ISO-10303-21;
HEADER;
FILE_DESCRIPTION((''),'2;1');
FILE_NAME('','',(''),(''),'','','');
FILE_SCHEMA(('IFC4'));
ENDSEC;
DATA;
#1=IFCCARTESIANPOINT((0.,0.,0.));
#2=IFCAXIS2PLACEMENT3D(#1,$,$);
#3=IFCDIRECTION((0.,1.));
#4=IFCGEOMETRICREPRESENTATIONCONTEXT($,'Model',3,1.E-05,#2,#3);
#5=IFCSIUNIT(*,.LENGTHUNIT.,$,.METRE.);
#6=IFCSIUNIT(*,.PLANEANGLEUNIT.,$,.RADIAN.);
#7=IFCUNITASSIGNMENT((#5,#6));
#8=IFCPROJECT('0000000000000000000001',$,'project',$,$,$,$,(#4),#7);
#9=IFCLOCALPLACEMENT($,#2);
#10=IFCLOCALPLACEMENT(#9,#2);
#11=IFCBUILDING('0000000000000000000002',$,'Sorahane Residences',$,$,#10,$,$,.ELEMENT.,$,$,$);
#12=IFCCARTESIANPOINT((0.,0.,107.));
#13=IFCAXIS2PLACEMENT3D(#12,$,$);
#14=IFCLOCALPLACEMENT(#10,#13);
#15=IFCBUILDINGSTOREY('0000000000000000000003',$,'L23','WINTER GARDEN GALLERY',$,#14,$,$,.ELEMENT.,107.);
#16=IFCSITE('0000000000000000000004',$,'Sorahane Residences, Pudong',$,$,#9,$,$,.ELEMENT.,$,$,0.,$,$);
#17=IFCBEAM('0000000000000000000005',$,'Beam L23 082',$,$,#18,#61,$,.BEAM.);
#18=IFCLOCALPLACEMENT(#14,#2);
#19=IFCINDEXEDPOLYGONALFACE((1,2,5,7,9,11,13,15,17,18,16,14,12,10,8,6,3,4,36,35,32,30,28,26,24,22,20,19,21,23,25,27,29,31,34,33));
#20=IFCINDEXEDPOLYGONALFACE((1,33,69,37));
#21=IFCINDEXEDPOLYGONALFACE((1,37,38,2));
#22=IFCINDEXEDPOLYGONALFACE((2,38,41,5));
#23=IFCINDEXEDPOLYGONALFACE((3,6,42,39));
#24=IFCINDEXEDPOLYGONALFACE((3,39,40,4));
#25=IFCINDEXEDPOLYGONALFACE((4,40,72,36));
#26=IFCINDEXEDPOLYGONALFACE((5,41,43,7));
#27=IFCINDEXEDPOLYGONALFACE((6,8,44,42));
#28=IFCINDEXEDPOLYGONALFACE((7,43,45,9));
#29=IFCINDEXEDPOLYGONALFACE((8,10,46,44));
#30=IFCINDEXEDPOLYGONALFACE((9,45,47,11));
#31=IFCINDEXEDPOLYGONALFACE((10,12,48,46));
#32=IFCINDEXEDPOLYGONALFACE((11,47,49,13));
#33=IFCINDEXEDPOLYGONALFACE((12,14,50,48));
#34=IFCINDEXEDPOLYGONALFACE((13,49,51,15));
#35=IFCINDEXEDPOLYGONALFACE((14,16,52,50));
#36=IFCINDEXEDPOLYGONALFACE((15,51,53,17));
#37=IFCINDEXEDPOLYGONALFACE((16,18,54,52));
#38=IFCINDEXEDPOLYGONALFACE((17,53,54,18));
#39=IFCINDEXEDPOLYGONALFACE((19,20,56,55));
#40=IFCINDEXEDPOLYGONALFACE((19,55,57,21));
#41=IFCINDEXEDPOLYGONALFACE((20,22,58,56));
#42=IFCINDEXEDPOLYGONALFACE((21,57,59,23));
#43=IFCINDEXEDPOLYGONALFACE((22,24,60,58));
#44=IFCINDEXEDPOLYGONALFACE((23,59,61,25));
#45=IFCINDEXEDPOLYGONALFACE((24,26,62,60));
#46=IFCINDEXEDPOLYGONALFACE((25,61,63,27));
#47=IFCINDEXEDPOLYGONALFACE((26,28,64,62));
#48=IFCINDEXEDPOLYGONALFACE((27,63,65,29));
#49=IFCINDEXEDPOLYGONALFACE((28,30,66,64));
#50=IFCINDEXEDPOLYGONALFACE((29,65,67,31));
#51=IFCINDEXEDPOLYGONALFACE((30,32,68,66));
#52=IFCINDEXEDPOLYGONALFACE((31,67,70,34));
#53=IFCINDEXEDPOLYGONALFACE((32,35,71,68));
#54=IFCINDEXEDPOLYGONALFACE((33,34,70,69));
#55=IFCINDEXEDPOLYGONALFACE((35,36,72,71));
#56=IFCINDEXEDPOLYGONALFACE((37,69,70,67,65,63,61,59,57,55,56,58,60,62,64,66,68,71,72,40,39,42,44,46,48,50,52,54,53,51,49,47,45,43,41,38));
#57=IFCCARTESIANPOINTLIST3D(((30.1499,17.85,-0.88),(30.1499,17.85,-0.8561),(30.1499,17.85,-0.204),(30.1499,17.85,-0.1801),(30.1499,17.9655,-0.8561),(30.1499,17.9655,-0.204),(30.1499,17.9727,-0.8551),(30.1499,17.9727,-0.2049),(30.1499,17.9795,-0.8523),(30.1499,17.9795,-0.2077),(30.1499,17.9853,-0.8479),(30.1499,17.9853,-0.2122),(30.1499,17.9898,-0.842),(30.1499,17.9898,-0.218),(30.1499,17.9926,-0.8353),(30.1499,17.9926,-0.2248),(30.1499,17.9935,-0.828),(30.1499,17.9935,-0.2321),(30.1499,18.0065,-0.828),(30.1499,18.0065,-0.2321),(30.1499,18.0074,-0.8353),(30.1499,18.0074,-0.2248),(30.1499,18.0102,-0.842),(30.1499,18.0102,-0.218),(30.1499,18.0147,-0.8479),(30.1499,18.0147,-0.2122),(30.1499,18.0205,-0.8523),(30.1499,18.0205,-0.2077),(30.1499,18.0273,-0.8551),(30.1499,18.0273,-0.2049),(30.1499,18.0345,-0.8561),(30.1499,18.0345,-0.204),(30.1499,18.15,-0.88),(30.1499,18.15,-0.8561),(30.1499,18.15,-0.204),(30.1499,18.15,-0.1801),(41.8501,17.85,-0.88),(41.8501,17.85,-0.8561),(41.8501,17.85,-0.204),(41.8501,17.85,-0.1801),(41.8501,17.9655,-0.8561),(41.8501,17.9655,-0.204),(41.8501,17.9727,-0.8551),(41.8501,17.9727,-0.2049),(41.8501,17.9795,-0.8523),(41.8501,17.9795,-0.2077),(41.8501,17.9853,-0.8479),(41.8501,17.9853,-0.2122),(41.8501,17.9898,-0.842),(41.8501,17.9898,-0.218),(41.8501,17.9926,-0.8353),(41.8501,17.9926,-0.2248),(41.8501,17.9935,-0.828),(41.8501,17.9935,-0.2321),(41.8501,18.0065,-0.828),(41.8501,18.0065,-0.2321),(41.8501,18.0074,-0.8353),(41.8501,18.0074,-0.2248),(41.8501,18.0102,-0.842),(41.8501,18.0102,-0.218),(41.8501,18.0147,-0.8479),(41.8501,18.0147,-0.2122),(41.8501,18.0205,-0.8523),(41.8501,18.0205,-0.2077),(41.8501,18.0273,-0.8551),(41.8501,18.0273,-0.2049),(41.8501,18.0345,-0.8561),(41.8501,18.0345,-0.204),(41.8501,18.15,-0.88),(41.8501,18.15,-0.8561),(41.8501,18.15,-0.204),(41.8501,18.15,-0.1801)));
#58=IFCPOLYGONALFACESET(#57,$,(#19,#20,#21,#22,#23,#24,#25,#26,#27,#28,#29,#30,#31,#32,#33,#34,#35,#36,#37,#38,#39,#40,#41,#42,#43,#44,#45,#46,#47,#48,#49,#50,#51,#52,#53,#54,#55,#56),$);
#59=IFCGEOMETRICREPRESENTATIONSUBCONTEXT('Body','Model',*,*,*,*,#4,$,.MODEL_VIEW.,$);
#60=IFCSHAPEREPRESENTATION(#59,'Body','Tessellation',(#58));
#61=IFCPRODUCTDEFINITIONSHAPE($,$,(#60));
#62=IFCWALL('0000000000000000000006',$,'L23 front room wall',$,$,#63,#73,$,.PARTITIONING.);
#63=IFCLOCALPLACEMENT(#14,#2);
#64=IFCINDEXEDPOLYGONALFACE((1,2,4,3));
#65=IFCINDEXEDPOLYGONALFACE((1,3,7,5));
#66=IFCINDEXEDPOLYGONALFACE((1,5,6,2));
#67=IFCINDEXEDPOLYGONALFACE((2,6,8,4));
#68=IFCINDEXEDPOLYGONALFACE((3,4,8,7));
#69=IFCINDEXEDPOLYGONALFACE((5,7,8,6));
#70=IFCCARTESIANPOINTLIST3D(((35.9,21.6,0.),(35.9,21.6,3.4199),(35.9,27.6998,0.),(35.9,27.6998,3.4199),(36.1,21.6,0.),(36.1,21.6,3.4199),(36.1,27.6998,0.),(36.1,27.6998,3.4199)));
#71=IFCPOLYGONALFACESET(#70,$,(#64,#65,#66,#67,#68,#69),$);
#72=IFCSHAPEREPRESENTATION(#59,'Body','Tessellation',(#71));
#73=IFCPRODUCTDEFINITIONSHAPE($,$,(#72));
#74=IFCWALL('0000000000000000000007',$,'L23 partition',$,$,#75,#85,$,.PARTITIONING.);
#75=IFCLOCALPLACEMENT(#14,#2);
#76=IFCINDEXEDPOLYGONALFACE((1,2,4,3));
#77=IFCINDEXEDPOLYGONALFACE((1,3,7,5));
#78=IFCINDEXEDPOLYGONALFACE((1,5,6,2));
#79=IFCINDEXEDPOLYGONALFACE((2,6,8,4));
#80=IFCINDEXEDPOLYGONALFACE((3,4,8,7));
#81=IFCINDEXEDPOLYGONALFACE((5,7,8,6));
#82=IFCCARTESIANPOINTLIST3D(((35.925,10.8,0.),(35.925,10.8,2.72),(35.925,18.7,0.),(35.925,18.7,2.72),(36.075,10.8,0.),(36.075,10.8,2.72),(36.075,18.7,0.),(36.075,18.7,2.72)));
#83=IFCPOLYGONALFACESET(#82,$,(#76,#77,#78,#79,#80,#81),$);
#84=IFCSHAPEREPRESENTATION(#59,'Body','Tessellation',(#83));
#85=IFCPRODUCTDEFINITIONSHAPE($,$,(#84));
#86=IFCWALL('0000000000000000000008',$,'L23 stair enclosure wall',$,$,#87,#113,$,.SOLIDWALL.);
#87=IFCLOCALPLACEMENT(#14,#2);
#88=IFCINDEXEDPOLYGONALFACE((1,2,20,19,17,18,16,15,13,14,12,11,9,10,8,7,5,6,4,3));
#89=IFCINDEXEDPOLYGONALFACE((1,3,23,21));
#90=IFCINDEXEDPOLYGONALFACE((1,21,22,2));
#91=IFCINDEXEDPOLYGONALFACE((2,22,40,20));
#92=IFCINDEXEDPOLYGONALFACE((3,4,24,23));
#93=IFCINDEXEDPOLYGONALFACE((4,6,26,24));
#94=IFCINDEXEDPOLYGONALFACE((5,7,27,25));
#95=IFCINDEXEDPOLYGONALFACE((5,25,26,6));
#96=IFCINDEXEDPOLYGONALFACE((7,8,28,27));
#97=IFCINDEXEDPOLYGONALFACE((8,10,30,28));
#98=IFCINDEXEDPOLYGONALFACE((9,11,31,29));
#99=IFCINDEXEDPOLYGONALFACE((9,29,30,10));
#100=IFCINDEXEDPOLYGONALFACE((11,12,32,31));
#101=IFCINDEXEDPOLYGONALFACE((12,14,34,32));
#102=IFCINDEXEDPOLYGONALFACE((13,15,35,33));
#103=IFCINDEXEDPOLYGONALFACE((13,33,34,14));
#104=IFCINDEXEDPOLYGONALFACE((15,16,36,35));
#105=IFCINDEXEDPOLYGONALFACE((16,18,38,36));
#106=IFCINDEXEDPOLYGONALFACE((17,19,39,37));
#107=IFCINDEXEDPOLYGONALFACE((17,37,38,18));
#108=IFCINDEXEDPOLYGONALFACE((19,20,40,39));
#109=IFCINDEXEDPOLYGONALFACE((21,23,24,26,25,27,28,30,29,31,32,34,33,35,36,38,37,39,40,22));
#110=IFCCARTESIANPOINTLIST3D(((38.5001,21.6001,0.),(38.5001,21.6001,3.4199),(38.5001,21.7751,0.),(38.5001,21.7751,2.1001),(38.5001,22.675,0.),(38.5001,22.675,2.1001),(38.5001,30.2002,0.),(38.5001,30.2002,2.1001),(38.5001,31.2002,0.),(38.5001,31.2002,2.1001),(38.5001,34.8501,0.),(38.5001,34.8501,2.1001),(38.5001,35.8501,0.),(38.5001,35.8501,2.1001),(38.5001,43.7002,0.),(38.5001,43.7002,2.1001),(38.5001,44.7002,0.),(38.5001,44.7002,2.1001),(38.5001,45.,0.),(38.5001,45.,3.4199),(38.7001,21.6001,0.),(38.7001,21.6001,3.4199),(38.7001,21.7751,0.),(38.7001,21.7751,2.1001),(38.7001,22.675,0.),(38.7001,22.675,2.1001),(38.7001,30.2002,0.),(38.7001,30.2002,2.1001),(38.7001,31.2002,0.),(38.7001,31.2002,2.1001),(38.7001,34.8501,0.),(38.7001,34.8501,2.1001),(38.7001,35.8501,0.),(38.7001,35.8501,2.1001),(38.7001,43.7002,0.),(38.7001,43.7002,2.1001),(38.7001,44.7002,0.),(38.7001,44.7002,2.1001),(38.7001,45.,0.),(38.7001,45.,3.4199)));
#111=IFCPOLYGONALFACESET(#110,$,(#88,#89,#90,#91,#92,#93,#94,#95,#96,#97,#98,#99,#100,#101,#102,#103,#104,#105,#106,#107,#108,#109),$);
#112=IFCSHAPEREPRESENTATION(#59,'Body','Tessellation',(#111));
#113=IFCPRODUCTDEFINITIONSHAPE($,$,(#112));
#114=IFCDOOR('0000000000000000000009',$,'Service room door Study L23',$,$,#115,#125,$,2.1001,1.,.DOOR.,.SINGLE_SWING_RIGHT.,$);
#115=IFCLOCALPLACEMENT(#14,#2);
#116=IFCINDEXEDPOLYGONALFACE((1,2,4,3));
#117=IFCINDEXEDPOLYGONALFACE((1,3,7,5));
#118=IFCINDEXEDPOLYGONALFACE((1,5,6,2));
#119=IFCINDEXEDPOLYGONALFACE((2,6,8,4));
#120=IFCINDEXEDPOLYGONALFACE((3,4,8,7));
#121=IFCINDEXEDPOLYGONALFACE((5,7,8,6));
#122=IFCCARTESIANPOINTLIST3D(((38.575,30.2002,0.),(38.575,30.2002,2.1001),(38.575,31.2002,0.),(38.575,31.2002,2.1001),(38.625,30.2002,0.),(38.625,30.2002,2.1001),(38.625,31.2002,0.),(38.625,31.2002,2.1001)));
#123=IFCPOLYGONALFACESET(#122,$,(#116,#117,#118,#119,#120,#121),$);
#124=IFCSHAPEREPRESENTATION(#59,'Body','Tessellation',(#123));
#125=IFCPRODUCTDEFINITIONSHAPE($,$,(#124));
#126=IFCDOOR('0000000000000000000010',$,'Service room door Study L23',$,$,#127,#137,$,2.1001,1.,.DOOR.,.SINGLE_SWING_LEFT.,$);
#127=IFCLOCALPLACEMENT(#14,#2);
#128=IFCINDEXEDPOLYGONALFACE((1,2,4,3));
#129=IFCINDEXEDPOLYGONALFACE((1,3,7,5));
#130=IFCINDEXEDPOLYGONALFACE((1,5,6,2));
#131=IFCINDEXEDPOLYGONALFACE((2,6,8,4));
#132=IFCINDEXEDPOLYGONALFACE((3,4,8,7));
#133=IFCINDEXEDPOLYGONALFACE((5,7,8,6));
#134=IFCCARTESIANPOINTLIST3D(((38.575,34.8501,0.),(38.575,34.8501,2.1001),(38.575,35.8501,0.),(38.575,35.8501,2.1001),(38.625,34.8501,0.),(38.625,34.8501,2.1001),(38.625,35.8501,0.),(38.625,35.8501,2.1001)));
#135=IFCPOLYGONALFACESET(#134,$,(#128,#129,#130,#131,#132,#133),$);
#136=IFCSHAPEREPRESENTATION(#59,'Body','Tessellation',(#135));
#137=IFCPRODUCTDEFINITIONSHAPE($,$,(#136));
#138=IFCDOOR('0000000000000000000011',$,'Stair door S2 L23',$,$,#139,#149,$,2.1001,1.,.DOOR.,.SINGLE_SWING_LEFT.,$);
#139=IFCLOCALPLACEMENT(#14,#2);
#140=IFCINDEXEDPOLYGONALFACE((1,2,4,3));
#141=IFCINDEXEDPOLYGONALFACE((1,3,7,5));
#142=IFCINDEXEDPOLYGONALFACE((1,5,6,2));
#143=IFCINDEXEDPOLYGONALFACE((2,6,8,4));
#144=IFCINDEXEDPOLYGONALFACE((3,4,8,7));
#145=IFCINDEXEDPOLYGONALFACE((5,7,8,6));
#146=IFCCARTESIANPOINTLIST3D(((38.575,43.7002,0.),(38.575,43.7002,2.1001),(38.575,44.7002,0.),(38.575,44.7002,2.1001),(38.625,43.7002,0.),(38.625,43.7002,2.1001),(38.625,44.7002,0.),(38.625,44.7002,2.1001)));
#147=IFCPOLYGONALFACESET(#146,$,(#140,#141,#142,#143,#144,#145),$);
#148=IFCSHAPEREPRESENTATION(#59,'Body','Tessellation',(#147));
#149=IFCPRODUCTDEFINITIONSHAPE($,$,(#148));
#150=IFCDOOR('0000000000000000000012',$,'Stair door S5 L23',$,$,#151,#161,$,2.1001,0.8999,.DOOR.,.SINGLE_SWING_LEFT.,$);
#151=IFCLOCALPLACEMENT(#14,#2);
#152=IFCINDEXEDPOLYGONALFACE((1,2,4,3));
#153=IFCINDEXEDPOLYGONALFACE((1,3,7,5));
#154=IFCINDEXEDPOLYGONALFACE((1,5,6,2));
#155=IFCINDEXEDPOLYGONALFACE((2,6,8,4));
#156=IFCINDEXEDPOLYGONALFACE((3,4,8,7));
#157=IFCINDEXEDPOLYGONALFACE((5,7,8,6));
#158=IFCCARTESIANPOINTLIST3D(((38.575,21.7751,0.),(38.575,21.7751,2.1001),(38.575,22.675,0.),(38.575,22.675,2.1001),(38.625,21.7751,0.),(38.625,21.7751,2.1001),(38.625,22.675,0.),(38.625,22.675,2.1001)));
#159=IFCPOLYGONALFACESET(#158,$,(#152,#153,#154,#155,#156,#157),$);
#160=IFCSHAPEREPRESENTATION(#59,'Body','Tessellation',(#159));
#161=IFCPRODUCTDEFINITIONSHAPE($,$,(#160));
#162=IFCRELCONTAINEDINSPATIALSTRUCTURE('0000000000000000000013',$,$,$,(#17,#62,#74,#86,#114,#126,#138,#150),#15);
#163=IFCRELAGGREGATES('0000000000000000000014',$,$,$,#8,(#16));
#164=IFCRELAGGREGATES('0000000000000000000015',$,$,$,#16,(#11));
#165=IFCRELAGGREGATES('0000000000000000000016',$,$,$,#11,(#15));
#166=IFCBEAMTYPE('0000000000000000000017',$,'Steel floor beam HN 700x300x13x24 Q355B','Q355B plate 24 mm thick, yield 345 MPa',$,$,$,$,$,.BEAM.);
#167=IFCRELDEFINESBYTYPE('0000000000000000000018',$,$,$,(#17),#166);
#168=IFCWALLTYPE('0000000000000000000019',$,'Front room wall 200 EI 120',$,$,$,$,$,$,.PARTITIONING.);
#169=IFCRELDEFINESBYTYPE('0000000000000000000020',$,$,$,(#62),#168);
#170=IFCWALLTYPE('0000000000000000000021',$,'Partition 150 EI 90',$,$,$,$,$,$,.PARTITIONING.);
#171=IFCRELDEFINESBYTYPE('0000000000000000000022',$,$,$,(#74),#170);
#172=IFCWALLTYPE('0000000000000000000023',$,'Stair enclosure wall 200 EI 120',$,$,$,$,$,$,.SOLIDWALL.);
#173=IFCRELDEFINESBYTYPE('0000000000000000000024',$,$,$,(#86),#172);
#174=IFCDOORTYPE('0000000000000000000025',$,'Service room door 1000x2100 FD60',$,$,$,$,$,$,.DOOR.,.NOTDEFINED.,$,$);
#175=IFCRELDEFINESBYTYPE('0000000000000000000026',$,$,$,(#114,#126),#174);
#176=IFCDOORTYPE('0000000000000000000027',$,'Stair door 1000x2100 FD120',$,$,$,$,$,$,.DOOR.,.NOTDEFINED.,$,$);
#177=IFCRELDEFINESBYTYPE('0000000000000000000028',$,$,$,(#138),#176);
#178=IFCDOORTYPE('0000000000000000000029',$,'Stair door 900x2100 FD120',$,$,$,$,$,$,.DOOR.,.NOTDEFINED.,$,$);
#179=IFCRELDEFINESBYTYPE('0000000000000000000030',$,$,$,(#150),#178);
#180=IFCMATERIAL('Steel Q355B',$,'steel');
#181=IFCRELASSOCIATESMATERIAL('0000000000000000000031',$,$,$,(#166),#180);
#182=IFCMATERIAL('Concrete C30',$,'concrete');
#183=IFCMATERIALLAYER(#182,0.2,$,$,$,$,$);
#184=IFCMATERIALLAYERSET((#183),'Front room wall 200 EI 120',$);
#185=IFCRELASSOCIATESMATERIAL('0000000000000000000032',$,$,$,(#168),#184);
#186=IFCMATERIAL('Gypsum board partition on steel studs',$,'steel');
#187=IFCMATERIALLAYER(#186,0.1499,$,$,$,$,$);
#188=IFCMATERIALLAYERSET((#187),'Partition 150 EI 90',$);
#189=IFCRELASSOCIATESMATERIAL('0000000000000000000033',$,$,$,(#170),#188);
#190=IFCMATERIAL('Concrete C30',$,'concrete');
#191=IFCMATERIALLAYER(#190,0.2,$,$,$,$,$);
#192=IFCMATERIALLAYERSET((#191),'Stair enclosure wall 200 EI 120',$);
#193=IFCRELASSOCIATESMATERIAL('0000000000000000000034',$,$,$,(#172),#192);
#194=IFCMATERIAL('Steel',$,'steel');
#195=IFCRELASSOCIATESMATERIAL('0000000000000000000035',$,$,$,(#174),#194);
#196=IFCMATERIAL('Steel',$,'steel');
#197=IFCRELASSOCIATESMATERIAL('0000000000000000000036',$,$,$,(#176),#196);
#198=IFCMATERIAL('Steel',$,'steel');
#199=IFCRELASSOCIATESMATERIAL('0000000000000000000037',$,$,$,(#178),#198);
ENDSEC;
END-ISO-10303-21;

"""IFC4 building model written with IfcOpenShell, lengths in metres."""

from ifc_helpers import new_model, si_unit, direction, frame, frame_2d, origin, origin_2d, place, context, subcontext, project, spatial, rectangle, i_section, extrude, material, layer, layer_set, material_profile, profile_set, type_object, element, fill, save


model = new_model("IFC4")

# Units and contexts
model_context = context("Model", 3, precision=1e-05, world=origin(), true_north=direction((0.0, 1.0)))
body_context = subcontext(model_context, "Body", "Model", "MODEL_VIEW")
ifc_project = project(units=[si_unit("LENGTHUNIT", "METRE"), si_unit("PLANEANGLEUNIT", "RADIAN")], contexts=[model_context])

# Site, building, storey
site_placement = place(None, origin())
site = spatial("IfcSite", under=ifc_project, at=site_placement, Name="Sorahane Residences, Pudong", CompositionType="ELEMENT", RefElevation=0.0)
building_placement = place(site_placement, origin())
building = spatial("IfcBuilding", under=site, at=building_placement, Name="Sorahane Residences", CompositionType="ELEMENT")
storey_placement = place(building_placement, frame((0.0, 0.0, 107.0)))
storey = spatial("IfcBuildingStorey", under=building, at=storey_placement, Name="L23", Description="WINTER GARDEN GALLERY", CompositionType="ELEMENT", Elevation=107.0)

# Beam
ifc_material_1 = material(Name="Steel Q355B", Category="steel")
ifc_material_profile_1 = material_profile(ifc_material_1, i_section(OverallWidth=0.3, OverallDepth=0.7, WebThickness=0.0129, FlangeThickness=0.0239, FilletRadius=0.0281, at=origin_2d()), Name="HN 700x300x13x24")
ifc_profile_set_1 = profile_set([ifc_material_profile_1], Name="Steel Q355B")
beam_type_1 = type_object("IfcBeamType", Name="Steel floor beam HN 700x300x13x24 Q355B", Description="Q355B plate 24 mm thick, yield 345 MPa", PredefinedType="BEAM", material=ifc_profile_set_1)
beam_1_placement = place(storey_placement, frame((30.1499, 18.0, -0.53), z_axis=(1.0, 0.0, 0.0), x_axis=(0.0, 1.0, 0.0)))
element("IfcBeam", 1, at=beam_1_placement, inside=storey, type_object=beam_type_1, Name="Beam L23 082", PredefinedType="BEAM", context=body_context, shape_type="SweptSolid", body=[
    extrude(i_section(OverallWidth=0.3, OverallDepth=0.7, WebThickness=0.0129, FlangeThickness=0.0239, FilletRadius=0.0281, at=origin_2d()), origin(), (0.0, 0.0, 1.0), 11.7002),
])

# Walls
ifc_material_2 = material(Name="Concrete C30", Category="concrete")
ifc_layer_1 = layer(ifc_material_2, 0.2)
ifc_layer_set_1 = layer_set([ifc_layer_1], Name="Front room wall 200 EI 120")
wall_type_1 = type_object("IfcWallType", Name="Front room wall 200 EI 120", PredefinedType="PARTITIONING", material=ifc_layer_set_1)
wall_1_placement = place(storey_placement, frame((36.0, 21.6001, 0.0), z_axis=(0.0, 0.0, 1.0), x_axis=(0.0, 1.0, 0.0)))
element("IfcWall", 2, at=wall_1_placement, inside=storey, type_object=wall_type_1, Name="L23 front room wall", PredefinedType="PARTITIONING", context=body_context, shape_type="SweptSolid", body=[
    extrude(rectangle(XDim=6.0999, YDim=0.2, at=frame_2d((3.0498, 0.0))), origin(), (0.0, 0.0, 1.0), 3.4199),
])
ifc_material_3 = material(Name="Gypsum board partition on steel studs", Category="steel")
ifc_layer_2 = layer(ifc_material_3, 0.1499)
ifc_layer_set_2 = layer_set([ifc_layer_2], Name="Partition 150 EI 90")
wall_type_2 = type_object("IfcWallType", Name="Partition 150 EI 90", PredefinedType="PARTITIONING", material=ifc_layer_set_2)
wall_2_placement = place(storey_placement, frame((36.0, 10.8, 0.0), z_axis=(0.0, 0.0, 1.0), x_axis=(0.0, 1.0, 0.0)))
element("IfcWall", 3, at=wall_2_placement, inside=storey, type_object=wall_type_2, Name="L23 partition", PredefinedType="PARTITIONING", context=body_context, shape_type="SweptSolid", body=[
    extrude(rectangle(XDim=7.8999, YDim=0.1499, at=frame_2d((3.95, 0.0))), origin(), (0.0, 0.0, 1.0), 2.72),
])

# Wall, openings, doors
ifc_material_4 = material(Name="Concrete C30", Category="concrete")
ifc_layer_3 = layer(ifc_material_4, 0.2)
ifc_layer_set_3 = layer_set([ifc_layer_3], Name="Stair enclosure wall 200 EI 120")
wall_type_3 = type_object("IfcWallType", Name="Stair enclosure wall 200 EI 120", PredefinedType="SOLIDWALL", material=ifc_layer_set_3)
wall_3_placement = place(storey_placement, frame((38.6001, 21.6001, 0.0), z_axis=(0.0, 0.0, 1.0), x_axis=(0.0, 1.0, 0.0)))
wall_3 = element("IfcWall", 4, at=wall_3_placement, inside=storey, type_object=wall_type_3, Name="L23 stair enclosure wall", PredefinedType="SOLIDWALL", context=body_context, shape_type="SweptSolid", body=[
    extrude(rectangle(XDim=23.3999, YDim=0.2, at=frame_2d((11.7, 0.0))), origin(), (0.0, 0.0, 1.0), 3.4199),
])
opening_1_placement = place(wall_3_placement, frame((8.6001, 0.0, 0.0)))
opening_1 = element("IfcOpeningElement", 5, at=opening_1_placement, cuts=wall_3, PredefinedType="OPENING", context=body_context, shape_type="SweptSolid", body=[
    extrude(rectangle(XDim=1.0, YDim=2.1001, at=frame_2d((0.5, 1.05))), frame((0.0, 0.1099, 0.0), z_axis=(0.0, -1.0, 0.0), x_axis=(1.0, 0.0, 0.0)), (0.0, 0.0, 1.0), 0.22),
])
opening_2_placement = place(wall_3_placement, frame((13.25, 0.0, 0.0)))
opening_2 = element("IfcOpeningElement", 6, at=opening_2_placement, cuts=wall_3, PredefinedType="OPENING", context=body_context, shape_type="SweptSolid", body=[
    extrude(rectangle(XDim=1.0, YDim=2.1001, at=frame_2d((0.5, 1.05))), frame((0.0, 0.1099, 0.0), z_axis=(0.0, -1.0, 0.0), x_axis=(1.0, 0.0, 0.0)), (0.0, 0.0, 1.0), 0.22),
])
opening_3_placement = place(wall_3_placement, frame((22.1001, 0.0, 0.0)))
opening_3 = element("IfcOpeningElement", 7, at=opening_3_placement, cuts=wall_3, PredefinedType="OPENING", context=body_context, shape_type="SweptSolid", body=[
    extrude(rectangle(XDim=1.0, YDim=2.1001, at=frame_2d((0.5, 1.05))), frame((0.0, 0.1099, 0.0), z_axis=(0.0, -1.0, 0.0), x_axis=(1.0, 0.0, 0.0)), (0.0, 0.0, 1.0), 0.22),
])
opening_4_placement = place(wall_3_placement, frame((0.175, 0.0, 0.0)))
opening_4 = element("IfcOpeningElement", 8, at=opening_4_placement, cuts=wall_3, PredefinedType="OPENING", context=body_context, shape_type="SweptSolid", body=[
    extrude(rectangle(XDim=0.8999, YDim=2.1001, at=frame_2d((0.45, 1.05))), frame((0.0, 0.1099, 0.0), z_axis=(0.0, -1.0, 0.0), x_axis=(1.0, 0.0, 0.0)), (0.0, 0.0, 1.0), 0.22),
])
ifc_material_5 = material(Name="Steel", Category="steel")
door_type_1 = type_object("IfcDoorType", Name="Service room door 1000x2100 FD60", OperationType="NOTDEFINED", PredefinedType="DOOR", material=ifc_material_5)
door_1_placement = place(opening_1_placement, frame((1.0, 0.0, 0.0), z_axis=(0.0, 0.0, 1.0), x_axis=(-1.0, 0.0, 0.0)))
door_1 = element("IfcDoor", 9, at=door_1_placement, inside=storey, type_object=door_type_1, Name="Service room door Study L23", OperationType="SINGLE_SWING_RIGHT", OverallHeight=2.1001, OverallWidth=1.0, PredefinedType="DOOR", context=body_context, shape_type="SweptSolid", body=[
    extrude(rectangle(XDim=1.0, YDim=2.1001, at=frame_2d((0.5, 1.05))), frame((0.0, 0.0249, 0.0), z_axis=(0.0, -1.0, 0.0), x_axis=(1.0, 0.0, 0.0)), (0.0, 0.0, 1.0), 0.05),
])
fill(opening_1, door_1)
door_2_placement = place(opening_2_placement, frame((1.0, 0.0, 0.0), z_axis=(0.0, 0.0, 1.0), x_axis=(-1.0, 0.0, 0.0)))
door_2 = element("IfcDoor", 10, at=door_2_placement, inside=storey, type_object=door_type_1, Name="Service room door Study L23", OperationType="SINGLE_SWING_LEFT", OverallHeight=2.1001, OverallWidth=1.0, PredefinedType="DOOR", context=body_context, shape_type="SweptSolid", body=[
    extrude(rectangle(XDim=1.0, YDim=2.1001, at=frame_2d((0.5, 1.05))), frame((0.0, 0.0249, 0.0), z_axis=(0.0, -1.0, 0.0), x_axis=(1.0, 0.0, 0.0)), (0.0, 0.0, 1.0), 0.05),
])
fill(opening_2, door_2)
ifc_material_6 = material(Name="Steel", Category="steel")
door_type_2 = type_object("IfcDoorType", Name="Stair door 1000x2100 FD120", OperationType="NOTDEFINED", PredefinedType="DOOR", material=ifc_material_6)
door_3_placement = place(opening_3_placement, frame((1.0, 0.0, 0.0), z_axis=(0.0, 0.0, 1.0), x_axis=(-1.0, 0.0, 0.0)))
door_3 = element("IfcDoor", 11, at=door_3_placement, inside=storey, type_object=door_type_2, Name="Stair door S2 L23", OperationType="SINGLE_SWING_LEFT", OverallHeight=2.1001, OverallWidth=1.0, PredefinedType="DOOR", context=body_context, shape_type="SweptSolid", body=[
    extrude(rectangle(XDim=1.0, YDim=2.1001, at=frame_2d((0.5, 1.05))), frame((0.0, 0.0249, 0.0), z_axis=(0.0, -1.0, 0.0), x_axis=(1.0, 0.0, 0.0)), (0.0, 0.0, 1.0), 0.05),
])
fill(opening_3, door_3)
ifc_material_7 = material(Name="Steel", Category="steel")
door_type_3 = type_object("IfcDoorType", Name="Stair door 900x2100 FD120", OperationType="NOTDEFINED", PredefinedType="DOOR", material=ifc_material_7)
door_4_placement = place(opening_4_placement, frame((0.8999, 0.0, 0.0), z_axis=(0.0, 0.0, 1.0), x_axis=(-1.0, 0.0, 0.0)))
door_4 = element("IfcDoor", 12, at=door_4_placement, inside=storey, type_object=door_type_3, Name="Stair door S5 L23", OperationType="SINGLE_SWING_LEFT", OverallHeight=2.1001, OverallWidth=0.8999, PredefinedType="DOOR", context=body_context, shape_type="SweptSolid", body=[
    extrude(rectangle(XDim=0.8999, YDim=2.1001, at=frame_2d((0.45, 1.05))), frame((0.0, 0.0249, 0.0), z_axis=(0.0, -1.0, 0.0), x_axis=(1.0, 0.0, 0.0)), (0.0, 0.0, 1.0), 0.05),
])
fill(opening_4, door_4)

save(model, "model.ifc")
